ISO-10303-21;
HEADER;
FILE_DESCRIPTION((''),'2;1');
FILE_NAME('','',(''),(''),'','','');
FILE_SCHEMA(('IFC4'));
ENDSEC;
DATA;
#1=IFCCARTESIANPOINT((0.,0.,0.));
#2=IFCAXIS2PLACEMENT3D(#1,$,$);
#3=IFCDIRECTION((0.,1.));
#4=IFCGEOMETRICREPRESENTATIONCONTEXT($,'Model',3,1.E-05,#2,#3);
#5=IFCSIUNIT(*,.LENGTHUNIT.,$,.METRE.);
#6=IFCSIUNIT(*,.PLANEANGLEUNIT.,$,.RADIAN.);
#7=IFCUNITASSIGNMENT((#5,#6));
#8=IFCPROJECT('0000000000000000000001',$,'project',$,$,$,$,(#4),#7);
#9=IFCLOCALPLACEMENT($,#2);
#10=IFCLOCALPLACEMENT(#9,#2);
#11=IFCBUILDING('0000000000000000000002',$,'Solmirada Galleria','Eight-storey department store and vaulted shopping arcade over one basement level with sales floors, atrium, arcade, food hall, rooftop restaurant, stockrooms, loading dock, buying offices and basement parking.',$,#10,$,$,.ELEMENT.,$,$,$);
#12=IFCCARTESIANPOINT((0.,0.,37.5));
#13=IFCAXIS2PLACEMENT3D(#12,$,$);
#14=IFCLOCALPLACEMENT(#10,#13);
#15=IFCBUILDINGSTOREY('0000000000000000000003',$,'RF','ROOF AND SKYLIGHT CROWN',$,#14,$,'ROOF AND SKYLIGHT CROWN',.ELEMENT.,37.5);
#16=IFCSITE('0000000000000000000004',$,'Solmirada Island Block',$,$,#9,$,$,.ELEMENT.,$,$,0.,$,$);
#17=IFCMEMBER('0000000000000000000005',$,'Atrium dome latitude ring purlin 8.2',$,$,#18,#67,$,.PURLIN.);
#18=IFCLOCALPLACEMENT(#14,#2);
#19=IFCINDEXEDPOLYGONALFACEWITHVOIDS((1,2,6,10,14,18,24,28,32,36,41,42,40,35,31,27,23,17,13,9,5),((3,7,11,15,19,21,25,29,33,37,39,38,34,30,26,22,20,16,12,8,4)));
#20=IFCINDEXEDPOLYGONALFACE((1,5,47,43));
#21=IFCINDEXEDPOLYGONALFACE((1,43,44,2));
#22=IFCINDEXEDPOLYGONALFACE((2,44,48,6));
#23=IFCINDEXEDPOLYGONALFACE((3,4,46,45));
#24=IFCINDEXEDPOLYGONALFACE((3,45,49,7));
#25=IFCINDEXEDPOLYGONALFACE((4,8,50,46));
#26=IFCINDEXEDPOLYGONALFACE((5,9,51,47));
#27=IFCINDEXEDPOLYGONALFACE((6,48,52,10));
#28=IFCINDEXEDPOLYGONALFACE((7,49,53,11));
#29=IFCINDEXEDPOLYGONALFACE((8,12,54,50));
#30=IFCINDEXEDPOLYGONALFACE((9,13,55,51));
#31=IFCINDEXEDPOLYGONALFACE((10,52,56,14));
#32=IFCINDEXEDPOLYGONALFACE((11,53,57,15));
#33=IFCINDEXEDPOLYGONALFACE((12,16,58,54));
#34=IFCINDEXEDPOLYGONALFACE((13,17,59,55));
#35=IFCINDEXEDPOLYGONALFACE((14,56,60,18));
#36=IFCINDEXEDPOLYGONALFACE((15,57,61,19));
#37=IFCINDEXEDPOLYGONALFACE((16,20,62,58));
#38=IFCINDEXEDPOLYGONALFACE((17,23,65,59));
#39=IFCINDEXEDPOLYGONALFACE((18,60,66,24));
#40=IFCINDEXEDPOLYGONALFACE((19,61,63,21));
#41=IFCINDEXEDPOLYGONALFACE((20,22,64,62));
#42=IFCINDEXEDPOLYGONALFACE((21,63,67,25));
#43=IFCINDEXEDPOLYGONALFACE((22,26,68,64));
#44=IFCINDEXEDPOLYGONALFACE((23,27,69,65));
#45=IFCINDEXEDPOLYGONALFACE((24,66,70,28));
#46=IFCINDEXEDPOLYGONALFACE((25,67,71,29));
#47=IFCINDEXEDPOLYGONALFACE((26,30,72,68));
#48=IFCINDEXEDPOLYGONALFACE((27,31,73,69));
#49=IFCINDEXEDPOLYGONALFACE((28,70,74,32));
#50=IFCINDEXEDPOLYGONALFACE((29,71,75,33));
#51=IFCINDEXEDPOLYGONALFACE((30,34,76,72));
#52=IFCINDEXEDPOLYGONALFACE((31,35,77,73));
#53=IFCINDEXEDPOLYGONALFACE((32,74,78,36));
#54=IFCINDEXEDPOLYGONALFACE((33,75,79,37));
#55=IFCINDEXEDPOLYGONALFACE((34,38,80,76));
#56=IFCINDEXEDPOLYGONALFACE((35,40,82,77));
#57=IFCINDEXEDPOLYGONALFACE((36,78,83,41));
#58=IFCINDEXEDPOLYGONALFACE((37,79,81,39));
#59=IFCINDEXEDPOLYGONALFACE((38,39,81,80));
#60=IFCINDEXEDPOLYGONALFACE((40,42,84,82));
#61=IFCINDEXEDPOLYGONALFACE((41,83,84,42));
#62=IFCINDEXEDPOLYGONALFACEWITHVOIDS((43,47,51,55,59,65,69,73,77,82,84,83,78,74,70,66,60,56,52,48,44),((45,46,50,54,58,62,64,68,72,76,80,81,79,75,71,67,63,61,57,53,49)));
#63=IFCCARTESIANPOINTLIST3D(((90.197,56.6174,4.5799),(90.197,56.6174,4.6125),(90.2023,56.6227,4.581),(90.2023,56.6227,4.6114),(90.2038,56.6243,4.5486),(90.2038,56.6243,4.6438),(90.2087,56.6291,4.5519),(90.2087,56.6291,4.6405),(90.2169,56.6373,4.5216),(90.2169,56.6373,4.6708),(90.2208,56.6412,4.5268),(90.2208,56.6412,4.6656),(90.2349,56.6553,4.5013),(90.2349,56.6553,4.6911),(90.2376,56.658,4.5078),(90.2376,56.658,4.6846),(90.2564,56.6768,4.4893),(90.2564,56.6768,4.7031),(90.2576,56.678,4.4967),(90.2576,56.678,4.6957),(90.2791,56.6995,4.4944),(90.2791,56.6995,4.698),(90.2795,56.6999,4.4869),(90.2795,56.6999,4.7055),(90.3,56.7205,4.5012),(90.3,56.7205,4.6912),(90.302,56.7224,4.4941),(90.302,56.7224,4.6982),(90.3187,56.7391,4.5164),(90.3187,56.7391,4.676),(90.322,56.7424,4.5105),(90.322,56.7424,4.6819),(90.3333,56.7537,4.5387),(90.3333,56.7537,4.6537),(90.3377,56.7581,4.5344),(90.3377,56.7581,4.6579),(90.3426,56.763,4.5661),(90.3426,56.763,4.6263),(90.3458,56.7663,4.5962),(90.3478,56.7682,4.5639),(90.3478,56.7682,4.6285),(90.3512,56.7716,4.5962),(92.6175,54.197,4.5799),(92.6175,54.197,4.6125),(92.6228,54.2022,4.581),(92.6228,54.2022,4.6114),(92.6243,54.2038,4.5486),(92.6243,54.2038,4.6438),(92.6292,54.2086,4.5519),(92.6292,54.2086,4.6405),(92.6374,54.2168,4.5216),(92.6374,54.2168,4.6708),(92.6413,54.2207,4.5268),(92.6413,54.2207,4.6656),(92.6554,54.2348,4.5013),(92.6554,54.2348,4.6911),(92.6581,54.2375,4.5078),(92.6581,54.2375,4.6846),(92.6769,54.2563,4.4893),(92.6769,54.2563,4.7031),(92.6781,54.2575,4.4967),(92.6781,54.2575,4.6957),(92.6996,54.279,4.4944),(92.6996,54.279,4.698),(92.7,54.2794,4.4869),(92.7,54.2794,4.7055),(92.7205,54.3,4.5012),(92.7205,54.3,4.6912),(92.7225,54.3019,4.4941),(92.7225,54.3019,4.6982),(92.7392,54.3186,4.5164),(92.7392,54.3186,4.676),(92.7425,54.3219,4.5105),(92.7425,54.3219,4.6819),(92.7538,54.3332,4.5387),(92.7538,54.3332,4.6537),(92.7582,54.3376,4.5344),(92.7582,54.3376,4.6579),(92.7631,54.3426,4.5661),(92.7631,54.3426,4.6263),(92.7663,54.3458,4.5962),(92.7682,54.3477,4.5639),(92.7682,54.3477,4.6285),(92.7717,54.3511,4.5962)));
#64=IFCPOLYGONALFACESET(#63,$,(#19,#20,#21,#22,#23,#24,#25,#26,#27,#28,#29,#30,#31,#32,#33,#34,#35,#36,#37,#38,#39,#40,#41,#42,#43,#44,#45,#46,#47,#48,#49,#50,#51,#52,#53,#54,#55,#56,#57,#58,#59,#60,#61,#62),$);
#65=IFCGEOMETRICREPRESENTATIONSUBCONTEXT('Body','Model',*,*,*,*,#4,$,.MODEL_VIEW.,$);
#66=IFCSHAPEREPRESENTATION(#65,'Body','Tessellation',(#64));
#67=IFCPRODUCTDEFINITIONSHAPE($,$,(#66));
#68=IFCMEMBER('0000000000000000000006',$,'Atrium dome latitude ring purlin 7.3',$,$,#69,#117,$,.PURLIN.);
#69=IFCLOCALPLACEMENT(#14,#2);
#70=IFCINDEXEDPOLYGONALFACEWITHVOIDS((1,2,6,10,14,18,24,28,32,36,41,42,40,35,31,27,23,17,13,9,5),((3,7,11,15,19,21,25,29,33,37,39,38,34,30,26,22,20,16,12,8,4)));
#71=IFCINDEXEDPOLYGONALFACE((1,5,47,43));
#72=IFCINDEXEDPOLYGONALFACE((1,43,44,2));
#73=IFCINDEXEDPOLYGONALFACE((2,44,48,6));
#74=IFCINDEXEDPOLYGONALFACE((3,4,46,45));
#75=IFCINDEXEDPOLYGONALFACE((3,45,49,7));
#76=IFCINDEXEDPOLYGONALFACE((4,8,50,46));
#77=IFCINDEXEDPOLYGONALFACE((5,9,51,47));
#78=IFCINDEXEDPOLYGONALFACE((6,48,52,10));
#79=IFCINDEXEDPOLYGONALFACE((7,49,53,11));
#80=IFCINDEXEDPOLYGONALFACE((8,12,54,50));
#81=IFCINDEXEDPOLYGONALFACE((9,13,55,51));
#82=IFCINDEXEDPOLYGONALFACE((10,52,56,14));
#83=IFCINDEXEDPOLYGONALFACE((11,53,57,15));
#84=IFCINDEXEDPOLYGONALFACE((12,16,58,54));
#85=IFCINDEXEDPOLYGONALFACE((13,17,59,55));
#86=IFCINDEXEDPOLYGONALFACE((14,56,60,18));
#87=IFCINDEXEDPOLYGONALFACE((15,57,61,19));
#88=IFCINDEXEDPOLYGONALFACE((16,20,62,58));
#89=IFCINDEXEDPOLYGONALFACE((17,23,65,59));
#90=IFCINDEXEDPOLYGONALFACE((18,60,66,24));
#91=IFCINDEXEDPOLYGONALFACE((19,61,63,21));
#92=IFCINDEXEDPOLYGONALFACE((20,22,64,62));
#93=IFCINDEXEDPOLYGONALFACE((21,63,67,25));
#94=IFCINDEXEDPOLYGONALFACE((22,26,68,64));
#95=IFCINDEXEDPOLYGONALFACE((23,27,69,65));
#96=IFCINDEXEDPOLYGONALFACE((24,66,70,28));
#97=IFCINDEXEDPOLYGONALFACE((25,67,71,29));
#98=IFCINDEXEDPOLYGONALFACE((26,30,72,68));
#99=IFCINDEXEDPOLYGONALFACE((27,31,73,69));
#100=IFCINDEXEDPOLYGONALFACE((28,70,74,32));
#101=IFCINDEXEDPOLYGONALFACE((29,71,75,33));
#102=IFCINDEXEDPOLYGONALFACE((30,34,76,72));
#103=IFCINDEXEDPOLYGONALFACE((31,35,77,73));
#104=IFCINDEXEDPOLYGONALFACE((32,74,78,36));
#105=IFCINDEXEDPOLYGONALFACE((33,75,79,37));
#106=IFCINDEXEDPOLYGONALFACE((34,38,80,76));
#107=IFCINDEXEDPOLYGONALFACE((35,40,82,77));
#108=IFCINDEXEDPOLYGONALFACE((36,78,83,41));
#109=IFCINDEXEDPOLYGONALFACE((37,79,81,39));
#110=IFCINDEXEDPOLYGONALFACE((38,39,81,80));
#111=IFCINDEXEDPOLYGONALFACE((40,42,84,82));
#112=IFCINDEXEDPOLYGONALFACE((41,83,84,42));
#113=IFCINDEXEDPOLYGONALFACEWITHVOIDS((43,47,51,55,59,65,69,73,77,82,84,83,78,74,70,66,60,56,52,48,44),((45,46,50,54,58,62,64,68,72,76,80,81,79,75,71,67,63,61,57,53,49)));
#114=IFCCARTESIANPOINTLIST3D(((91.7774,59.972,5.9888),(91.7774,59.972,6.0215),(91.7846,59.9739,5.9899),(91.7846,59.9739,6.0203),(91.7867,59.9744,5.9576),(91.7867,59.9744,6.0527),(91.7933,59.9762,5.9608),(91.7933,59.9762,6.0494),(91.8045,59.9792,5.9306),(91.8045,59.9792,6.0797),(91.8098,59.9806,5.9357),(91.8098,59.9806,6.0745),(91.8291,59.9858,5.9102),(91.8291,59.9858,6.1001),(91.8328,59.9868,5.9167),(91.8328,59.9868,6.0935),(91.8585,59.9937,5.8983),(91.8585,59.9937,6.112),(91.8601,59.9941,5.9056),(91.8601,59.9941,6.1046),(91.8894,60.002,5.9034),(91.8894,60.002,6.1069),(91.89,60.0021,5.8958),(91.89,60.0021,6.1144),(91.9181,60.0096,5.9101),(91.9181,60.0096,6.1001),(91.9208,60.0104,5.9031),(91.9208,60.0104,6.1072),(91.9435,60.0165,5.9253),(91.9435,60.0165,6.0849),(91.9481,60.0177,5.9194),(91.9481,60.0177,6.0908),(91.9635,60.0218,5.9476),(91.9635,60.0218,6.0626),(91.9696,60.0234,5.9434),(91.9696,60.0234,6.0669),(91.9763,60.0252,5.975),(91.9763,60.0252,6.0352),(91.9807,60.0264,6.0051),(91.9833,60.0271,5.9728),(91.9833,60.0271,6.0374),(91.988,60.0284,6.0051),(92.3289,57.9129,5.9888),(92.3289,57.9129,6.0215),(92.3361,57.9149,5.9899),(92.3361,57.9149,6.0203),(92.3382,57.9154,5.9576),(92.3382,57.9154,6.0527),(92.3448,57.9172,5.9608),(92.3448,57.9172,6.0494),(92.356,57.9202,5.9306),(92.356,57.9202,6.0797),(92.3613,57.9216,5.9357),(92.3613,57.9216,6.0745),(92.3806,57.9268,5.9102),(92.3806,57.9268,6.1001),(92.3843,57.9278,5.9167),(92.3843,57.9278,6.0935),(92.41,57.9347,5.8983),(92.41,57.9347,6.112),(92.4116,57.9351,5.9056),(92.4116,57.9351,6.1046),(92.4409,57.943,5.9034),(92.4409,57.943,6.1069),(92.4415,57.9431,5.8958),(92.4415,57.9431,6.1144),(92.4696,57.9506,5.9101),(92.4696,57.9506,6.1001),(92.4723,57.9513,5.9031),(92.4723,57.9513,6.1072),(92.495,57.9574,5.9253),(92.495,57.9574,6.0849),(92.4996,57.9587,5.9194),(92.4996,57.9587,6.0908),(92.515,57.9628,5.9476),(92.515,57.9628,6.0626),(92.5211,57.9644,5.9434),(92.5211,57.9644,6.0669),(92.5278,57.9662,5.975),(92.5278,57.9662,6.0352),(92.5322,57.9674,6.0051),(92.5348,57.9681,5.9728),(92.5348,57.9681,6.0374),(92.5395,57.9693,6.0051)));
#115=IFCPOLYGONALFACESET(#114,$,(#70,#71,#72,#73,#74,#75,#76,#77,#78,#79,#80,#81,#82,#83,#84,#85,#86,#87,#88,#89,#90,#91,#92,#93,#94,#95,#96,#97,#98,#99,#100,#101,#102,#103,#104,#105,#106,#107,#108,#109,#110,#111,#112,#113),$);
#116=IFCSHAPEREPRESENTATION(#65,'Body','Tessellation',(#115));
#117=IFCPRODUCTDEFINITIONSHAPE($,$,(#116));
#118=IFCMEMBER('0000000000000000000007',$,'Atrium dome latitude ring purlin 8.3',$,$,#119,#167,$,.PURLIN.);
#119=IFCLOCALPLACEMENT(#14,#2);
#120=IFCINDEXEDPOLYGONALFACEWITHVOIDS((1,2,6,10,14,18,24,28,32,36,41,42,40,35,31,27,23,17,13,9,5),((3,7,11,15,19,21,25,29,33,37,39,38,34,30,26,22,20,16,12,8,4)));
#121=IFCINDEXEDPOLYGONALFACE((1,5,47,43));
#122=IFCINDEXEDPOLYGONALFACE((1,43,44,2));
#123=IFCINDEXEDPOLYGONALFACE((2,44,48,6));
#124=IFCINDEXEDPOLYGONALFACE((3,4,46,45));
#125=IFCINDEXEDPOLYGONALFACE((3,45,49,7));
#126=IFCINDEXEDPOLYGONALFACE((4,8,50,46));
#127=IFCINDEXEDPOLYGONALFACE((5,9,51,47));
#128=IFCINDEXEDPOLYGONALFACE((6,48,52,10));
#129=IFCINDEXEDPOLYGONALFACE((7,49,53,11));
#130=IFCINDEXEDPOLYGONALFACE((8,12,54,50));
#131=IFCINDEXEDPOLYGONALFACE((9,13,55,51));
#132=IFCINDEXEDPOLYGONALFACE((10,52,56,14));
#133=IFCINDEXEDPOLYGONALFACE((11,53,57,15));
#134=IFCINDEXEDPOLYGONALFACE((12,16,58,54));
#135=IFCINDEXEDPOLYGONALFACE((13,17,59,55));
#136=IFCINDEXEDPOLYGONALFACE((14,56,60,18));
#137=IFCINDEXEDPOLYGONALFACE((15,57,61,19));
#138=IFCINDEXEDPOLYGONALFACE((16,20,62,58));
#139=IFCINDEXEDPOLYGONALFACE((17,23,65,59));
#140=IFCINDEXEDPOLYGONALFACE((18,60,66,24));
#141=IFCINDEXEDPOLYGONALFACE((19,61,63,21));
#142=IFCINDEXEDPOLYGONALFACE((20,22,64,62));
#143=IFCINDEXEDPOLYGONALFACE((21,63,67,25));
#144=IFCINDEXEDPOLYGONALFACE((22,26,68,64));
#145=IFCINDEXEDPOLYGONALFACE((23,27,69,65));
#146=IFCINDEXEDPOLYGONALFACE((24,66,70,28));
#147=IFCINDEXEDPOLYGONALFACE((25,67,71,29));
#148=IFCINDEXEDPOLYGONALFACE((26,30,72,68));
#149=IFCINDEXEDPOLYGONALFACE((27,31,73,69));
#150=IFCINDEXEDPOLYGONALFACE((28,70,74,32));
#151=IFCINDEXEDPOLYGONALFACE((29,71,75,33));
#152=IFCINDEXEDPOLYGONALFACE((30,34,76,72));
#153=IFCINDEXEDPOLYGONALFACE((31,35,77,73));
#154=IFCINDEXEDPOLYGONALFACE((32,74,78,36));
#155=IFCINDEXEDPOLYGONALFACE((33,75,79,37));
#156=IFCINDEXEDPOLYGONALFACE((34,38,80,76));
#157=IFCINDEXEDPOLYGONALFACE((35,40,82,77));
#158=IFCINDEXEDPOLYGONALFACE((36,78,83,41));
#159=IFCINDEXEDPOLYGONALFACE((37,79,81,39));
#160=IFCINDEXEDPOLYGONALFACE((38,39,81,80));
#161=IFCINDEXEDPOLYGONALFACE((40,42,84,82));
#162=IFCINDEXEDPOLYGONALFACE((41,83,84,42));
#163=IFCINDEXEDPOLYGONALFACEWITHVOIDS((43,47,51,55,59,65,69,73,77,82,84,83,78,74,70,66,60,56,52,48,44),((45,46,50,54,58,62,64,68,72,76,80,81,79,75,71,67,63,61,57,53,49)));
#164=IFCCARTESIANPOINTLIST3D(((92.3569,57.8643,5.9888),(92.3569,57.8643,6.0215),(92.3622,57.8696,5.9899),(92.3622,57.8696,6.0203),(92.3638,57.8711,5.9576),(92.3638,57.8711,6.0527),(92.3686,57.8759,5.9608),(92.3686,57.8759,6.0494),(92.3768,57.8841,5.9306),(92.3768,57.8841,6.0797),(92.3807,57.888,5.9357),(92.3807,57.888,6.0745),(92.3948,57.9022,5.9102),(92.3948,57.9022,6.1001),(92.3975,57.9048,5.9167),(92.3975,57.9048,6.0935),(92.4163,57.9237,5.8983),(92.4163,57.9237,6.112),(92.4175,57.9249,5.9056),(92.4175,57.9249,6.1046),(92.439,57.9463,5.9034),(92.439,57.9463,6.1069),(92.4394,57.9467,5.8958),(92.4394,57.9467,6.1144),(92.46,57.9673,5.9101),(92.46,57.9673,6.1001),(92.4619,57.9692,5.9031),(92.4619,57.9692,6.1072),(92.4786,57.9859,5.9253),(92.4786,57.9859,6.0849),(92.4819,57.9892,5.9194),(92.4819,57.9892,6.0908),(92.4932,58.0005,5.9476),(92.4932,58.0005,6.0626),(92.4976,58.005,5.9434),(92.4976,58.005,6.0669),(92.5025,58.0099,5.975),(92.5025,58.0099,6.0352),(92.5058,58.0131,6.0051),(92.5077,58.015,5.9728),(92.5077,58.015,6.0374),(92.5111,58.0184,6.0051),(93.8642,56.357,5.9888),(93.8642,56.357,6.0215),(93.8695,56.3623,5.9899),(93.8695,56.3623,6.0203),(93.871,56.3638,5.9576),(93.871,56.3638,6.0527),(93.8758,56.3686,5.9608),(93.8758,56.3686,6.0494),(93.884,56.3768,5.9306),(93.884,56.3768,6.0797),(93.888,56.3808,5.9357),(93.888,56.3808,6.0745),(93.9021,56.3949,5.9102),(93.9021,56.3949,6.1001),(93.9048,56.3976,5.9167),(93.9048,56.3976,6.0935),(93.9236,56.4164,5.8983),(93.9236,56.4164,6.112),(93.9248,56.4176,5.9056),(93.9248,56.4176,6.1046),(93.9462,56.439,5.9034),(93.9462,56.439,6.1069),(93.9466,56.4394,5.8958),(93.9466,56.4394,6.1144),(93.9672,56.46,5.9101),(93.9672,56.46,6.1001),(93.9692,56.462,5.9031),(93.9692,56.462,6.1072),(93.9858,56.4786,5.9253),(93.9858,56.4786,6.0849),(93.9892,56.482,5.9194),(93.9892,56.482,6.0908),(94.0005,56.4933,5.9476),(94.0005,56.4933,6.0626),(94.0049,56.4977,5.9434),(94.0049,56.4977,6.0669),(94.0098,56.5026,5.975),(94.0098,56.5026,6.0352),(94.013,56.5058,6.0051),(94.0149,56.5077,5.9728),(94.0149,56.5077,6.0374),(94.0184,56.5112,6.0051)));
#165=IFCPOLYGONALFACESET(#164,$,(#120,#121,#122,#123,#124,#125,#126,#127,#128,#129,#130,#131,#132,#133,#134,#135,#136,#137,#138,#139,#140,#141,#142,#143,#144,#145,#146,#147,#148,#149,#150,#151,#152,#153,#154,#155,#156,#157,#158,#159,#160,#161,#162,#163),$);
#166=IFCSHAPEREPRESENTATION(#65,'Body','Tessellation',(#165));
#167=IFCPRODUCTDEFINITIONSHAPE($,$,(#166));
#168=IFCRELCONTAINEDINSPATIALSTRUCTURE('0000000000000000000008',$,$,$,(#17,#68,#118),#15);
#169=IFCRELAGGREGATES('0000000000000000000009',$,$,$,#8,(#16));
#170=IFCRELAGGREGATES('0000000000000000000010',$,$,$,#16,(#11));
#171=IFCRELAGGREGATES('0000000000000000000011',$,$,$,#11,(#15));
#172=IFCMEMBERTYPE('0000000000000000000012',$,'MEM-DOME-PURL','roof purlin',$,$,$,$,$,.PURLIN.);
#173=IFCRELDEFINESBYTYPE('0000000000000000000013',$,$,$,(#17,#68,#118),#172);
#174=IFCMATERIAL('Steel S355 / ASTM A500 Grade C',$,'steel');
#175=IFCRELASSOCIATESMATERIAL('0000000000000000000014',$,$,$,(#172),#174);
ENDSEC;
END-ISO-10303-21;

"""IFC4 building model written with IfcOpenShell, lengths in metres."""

from ifc_helpers import new_model, si_unit, direction, frame, origin, origin_2d, place, context, subcontext, project, spatial, hollow_circle, extrude, material, material_profile, profile_set, type_object, element, save


model = new_model("IFC4")

# Units and contexts
model_context = context("Model", 3, precision=1e-05, world=origin(), true_north=direction((0.0, 1.0)))
body_context = subcontext(model_context, "Body", "Model", "MODEL_VIEW")
ifc_project = project(units=[si_unit("LENGTHUNIT", "METRE"), si_unit("PLANEANGLEUNIT", "RADIAN")], contexts=[model_context])

# Site, building, storey
site_placement = place(None, origin())
site = spatial("IfcSite", under=ifc_project, at=site_placement, Name="Solmirada Island Block", CompositionType="ELEMENT", RefElevation=0.0)
building_placement = place(site_placement, origin())
building = spatial("IfcBuilding", under=site, at=building_placement, Name="Solmirada Galleria", Description="Eight-storey department store and vaulted shopping arcade over one basement level with sales floors, atrium, arcade, food hall, rooftop restaurant, stockrooms, loading dock, buying offices and basement parking.", CompositionType="ELEMENT")
storey_placement = place(building_placement, frame((0.0, 0.0, 37.5)))
storey = spatial("IfcBuildingStorey", under=building, at=storey_placement, Name="RF", Description="ROOF AND SKYLIGHT CROWN", LongName="ROOF AND SKYLIGHT CROWN", CompositionType="ELEMENT", Elevation=37.5)

# Members
ifc_material_1 = material(Name="Steel S355 / ASTM A500 Grade C", Category="steel")
ifc_material_profile_1 = material_profile(ifc_material_1, hollow_circle(Radius=0.1096, WallThickness=0.0076, at=origin_2d()), Name="HSS8.625X0.322")
ifc_profile_set_1 = profile_set([ifc_material_profile_1], Name="Steel S355 / ASTM A500 Grade C")
member_type_1 = type_object("IfcMemberType", Name="MEM-DOME-PURL", Description="roof purlin", PredefinedType="PURLIN", material=ifc_profile_set_1)
member_1_placement = place(storey_placement, frame((90.2737, 56.6941, 4.5962), z_axis=(0.707107, -0.707107, 0.0), x_axis=(0.707107, 0.707107, 0.0)))
element("IfcMember", 1, at=member_1_placement, inside=storey, type_object=member_type_1, Name="Atrium dome latitude ring purlin 8.2", PredefinedType="PURLIN", context=body_context, shape_type="SweptSolid", body=[
    extrude(hollow_circle(Radius=0.1096, WallThickness=0.0076, at=origin_2d()), origin(), (0.0, 0.0, 1.0), 3.4231),
])
for number, where, z_axis, x_axis, name in (
    (2, (91.8821, 60.0, 6.0051), (0.258725, -0.965951, 0.0), (0.965951, 0.258725, 0.0), "Atrium dome latitude ring purlin 7.3"),
    (3, (92.4336, 57.9409, 6.0051), (0.707107, -0.707107, 0.0), (0.707107, 0.707107, 0.0), "Atrium dome latitude ring purlin 8.3"),
):
    element("IfcMember", number, at=place(storey_placement, frame(where, z_axis=z_axis, x_axis=x_axis)), inside=storey, type_object=member_type_1, Name=name, PredefinedType="PURLIN", context=body_context, shape_type="SweptSolid", body=[
        extrude(hollow_circle(Radius=0.1096, WallThickness=0.0076, at=origin_2d()), origin(), (0.0, 0.0, 1.0), 2.1316),
    ])

save(model, "model.ifc")
